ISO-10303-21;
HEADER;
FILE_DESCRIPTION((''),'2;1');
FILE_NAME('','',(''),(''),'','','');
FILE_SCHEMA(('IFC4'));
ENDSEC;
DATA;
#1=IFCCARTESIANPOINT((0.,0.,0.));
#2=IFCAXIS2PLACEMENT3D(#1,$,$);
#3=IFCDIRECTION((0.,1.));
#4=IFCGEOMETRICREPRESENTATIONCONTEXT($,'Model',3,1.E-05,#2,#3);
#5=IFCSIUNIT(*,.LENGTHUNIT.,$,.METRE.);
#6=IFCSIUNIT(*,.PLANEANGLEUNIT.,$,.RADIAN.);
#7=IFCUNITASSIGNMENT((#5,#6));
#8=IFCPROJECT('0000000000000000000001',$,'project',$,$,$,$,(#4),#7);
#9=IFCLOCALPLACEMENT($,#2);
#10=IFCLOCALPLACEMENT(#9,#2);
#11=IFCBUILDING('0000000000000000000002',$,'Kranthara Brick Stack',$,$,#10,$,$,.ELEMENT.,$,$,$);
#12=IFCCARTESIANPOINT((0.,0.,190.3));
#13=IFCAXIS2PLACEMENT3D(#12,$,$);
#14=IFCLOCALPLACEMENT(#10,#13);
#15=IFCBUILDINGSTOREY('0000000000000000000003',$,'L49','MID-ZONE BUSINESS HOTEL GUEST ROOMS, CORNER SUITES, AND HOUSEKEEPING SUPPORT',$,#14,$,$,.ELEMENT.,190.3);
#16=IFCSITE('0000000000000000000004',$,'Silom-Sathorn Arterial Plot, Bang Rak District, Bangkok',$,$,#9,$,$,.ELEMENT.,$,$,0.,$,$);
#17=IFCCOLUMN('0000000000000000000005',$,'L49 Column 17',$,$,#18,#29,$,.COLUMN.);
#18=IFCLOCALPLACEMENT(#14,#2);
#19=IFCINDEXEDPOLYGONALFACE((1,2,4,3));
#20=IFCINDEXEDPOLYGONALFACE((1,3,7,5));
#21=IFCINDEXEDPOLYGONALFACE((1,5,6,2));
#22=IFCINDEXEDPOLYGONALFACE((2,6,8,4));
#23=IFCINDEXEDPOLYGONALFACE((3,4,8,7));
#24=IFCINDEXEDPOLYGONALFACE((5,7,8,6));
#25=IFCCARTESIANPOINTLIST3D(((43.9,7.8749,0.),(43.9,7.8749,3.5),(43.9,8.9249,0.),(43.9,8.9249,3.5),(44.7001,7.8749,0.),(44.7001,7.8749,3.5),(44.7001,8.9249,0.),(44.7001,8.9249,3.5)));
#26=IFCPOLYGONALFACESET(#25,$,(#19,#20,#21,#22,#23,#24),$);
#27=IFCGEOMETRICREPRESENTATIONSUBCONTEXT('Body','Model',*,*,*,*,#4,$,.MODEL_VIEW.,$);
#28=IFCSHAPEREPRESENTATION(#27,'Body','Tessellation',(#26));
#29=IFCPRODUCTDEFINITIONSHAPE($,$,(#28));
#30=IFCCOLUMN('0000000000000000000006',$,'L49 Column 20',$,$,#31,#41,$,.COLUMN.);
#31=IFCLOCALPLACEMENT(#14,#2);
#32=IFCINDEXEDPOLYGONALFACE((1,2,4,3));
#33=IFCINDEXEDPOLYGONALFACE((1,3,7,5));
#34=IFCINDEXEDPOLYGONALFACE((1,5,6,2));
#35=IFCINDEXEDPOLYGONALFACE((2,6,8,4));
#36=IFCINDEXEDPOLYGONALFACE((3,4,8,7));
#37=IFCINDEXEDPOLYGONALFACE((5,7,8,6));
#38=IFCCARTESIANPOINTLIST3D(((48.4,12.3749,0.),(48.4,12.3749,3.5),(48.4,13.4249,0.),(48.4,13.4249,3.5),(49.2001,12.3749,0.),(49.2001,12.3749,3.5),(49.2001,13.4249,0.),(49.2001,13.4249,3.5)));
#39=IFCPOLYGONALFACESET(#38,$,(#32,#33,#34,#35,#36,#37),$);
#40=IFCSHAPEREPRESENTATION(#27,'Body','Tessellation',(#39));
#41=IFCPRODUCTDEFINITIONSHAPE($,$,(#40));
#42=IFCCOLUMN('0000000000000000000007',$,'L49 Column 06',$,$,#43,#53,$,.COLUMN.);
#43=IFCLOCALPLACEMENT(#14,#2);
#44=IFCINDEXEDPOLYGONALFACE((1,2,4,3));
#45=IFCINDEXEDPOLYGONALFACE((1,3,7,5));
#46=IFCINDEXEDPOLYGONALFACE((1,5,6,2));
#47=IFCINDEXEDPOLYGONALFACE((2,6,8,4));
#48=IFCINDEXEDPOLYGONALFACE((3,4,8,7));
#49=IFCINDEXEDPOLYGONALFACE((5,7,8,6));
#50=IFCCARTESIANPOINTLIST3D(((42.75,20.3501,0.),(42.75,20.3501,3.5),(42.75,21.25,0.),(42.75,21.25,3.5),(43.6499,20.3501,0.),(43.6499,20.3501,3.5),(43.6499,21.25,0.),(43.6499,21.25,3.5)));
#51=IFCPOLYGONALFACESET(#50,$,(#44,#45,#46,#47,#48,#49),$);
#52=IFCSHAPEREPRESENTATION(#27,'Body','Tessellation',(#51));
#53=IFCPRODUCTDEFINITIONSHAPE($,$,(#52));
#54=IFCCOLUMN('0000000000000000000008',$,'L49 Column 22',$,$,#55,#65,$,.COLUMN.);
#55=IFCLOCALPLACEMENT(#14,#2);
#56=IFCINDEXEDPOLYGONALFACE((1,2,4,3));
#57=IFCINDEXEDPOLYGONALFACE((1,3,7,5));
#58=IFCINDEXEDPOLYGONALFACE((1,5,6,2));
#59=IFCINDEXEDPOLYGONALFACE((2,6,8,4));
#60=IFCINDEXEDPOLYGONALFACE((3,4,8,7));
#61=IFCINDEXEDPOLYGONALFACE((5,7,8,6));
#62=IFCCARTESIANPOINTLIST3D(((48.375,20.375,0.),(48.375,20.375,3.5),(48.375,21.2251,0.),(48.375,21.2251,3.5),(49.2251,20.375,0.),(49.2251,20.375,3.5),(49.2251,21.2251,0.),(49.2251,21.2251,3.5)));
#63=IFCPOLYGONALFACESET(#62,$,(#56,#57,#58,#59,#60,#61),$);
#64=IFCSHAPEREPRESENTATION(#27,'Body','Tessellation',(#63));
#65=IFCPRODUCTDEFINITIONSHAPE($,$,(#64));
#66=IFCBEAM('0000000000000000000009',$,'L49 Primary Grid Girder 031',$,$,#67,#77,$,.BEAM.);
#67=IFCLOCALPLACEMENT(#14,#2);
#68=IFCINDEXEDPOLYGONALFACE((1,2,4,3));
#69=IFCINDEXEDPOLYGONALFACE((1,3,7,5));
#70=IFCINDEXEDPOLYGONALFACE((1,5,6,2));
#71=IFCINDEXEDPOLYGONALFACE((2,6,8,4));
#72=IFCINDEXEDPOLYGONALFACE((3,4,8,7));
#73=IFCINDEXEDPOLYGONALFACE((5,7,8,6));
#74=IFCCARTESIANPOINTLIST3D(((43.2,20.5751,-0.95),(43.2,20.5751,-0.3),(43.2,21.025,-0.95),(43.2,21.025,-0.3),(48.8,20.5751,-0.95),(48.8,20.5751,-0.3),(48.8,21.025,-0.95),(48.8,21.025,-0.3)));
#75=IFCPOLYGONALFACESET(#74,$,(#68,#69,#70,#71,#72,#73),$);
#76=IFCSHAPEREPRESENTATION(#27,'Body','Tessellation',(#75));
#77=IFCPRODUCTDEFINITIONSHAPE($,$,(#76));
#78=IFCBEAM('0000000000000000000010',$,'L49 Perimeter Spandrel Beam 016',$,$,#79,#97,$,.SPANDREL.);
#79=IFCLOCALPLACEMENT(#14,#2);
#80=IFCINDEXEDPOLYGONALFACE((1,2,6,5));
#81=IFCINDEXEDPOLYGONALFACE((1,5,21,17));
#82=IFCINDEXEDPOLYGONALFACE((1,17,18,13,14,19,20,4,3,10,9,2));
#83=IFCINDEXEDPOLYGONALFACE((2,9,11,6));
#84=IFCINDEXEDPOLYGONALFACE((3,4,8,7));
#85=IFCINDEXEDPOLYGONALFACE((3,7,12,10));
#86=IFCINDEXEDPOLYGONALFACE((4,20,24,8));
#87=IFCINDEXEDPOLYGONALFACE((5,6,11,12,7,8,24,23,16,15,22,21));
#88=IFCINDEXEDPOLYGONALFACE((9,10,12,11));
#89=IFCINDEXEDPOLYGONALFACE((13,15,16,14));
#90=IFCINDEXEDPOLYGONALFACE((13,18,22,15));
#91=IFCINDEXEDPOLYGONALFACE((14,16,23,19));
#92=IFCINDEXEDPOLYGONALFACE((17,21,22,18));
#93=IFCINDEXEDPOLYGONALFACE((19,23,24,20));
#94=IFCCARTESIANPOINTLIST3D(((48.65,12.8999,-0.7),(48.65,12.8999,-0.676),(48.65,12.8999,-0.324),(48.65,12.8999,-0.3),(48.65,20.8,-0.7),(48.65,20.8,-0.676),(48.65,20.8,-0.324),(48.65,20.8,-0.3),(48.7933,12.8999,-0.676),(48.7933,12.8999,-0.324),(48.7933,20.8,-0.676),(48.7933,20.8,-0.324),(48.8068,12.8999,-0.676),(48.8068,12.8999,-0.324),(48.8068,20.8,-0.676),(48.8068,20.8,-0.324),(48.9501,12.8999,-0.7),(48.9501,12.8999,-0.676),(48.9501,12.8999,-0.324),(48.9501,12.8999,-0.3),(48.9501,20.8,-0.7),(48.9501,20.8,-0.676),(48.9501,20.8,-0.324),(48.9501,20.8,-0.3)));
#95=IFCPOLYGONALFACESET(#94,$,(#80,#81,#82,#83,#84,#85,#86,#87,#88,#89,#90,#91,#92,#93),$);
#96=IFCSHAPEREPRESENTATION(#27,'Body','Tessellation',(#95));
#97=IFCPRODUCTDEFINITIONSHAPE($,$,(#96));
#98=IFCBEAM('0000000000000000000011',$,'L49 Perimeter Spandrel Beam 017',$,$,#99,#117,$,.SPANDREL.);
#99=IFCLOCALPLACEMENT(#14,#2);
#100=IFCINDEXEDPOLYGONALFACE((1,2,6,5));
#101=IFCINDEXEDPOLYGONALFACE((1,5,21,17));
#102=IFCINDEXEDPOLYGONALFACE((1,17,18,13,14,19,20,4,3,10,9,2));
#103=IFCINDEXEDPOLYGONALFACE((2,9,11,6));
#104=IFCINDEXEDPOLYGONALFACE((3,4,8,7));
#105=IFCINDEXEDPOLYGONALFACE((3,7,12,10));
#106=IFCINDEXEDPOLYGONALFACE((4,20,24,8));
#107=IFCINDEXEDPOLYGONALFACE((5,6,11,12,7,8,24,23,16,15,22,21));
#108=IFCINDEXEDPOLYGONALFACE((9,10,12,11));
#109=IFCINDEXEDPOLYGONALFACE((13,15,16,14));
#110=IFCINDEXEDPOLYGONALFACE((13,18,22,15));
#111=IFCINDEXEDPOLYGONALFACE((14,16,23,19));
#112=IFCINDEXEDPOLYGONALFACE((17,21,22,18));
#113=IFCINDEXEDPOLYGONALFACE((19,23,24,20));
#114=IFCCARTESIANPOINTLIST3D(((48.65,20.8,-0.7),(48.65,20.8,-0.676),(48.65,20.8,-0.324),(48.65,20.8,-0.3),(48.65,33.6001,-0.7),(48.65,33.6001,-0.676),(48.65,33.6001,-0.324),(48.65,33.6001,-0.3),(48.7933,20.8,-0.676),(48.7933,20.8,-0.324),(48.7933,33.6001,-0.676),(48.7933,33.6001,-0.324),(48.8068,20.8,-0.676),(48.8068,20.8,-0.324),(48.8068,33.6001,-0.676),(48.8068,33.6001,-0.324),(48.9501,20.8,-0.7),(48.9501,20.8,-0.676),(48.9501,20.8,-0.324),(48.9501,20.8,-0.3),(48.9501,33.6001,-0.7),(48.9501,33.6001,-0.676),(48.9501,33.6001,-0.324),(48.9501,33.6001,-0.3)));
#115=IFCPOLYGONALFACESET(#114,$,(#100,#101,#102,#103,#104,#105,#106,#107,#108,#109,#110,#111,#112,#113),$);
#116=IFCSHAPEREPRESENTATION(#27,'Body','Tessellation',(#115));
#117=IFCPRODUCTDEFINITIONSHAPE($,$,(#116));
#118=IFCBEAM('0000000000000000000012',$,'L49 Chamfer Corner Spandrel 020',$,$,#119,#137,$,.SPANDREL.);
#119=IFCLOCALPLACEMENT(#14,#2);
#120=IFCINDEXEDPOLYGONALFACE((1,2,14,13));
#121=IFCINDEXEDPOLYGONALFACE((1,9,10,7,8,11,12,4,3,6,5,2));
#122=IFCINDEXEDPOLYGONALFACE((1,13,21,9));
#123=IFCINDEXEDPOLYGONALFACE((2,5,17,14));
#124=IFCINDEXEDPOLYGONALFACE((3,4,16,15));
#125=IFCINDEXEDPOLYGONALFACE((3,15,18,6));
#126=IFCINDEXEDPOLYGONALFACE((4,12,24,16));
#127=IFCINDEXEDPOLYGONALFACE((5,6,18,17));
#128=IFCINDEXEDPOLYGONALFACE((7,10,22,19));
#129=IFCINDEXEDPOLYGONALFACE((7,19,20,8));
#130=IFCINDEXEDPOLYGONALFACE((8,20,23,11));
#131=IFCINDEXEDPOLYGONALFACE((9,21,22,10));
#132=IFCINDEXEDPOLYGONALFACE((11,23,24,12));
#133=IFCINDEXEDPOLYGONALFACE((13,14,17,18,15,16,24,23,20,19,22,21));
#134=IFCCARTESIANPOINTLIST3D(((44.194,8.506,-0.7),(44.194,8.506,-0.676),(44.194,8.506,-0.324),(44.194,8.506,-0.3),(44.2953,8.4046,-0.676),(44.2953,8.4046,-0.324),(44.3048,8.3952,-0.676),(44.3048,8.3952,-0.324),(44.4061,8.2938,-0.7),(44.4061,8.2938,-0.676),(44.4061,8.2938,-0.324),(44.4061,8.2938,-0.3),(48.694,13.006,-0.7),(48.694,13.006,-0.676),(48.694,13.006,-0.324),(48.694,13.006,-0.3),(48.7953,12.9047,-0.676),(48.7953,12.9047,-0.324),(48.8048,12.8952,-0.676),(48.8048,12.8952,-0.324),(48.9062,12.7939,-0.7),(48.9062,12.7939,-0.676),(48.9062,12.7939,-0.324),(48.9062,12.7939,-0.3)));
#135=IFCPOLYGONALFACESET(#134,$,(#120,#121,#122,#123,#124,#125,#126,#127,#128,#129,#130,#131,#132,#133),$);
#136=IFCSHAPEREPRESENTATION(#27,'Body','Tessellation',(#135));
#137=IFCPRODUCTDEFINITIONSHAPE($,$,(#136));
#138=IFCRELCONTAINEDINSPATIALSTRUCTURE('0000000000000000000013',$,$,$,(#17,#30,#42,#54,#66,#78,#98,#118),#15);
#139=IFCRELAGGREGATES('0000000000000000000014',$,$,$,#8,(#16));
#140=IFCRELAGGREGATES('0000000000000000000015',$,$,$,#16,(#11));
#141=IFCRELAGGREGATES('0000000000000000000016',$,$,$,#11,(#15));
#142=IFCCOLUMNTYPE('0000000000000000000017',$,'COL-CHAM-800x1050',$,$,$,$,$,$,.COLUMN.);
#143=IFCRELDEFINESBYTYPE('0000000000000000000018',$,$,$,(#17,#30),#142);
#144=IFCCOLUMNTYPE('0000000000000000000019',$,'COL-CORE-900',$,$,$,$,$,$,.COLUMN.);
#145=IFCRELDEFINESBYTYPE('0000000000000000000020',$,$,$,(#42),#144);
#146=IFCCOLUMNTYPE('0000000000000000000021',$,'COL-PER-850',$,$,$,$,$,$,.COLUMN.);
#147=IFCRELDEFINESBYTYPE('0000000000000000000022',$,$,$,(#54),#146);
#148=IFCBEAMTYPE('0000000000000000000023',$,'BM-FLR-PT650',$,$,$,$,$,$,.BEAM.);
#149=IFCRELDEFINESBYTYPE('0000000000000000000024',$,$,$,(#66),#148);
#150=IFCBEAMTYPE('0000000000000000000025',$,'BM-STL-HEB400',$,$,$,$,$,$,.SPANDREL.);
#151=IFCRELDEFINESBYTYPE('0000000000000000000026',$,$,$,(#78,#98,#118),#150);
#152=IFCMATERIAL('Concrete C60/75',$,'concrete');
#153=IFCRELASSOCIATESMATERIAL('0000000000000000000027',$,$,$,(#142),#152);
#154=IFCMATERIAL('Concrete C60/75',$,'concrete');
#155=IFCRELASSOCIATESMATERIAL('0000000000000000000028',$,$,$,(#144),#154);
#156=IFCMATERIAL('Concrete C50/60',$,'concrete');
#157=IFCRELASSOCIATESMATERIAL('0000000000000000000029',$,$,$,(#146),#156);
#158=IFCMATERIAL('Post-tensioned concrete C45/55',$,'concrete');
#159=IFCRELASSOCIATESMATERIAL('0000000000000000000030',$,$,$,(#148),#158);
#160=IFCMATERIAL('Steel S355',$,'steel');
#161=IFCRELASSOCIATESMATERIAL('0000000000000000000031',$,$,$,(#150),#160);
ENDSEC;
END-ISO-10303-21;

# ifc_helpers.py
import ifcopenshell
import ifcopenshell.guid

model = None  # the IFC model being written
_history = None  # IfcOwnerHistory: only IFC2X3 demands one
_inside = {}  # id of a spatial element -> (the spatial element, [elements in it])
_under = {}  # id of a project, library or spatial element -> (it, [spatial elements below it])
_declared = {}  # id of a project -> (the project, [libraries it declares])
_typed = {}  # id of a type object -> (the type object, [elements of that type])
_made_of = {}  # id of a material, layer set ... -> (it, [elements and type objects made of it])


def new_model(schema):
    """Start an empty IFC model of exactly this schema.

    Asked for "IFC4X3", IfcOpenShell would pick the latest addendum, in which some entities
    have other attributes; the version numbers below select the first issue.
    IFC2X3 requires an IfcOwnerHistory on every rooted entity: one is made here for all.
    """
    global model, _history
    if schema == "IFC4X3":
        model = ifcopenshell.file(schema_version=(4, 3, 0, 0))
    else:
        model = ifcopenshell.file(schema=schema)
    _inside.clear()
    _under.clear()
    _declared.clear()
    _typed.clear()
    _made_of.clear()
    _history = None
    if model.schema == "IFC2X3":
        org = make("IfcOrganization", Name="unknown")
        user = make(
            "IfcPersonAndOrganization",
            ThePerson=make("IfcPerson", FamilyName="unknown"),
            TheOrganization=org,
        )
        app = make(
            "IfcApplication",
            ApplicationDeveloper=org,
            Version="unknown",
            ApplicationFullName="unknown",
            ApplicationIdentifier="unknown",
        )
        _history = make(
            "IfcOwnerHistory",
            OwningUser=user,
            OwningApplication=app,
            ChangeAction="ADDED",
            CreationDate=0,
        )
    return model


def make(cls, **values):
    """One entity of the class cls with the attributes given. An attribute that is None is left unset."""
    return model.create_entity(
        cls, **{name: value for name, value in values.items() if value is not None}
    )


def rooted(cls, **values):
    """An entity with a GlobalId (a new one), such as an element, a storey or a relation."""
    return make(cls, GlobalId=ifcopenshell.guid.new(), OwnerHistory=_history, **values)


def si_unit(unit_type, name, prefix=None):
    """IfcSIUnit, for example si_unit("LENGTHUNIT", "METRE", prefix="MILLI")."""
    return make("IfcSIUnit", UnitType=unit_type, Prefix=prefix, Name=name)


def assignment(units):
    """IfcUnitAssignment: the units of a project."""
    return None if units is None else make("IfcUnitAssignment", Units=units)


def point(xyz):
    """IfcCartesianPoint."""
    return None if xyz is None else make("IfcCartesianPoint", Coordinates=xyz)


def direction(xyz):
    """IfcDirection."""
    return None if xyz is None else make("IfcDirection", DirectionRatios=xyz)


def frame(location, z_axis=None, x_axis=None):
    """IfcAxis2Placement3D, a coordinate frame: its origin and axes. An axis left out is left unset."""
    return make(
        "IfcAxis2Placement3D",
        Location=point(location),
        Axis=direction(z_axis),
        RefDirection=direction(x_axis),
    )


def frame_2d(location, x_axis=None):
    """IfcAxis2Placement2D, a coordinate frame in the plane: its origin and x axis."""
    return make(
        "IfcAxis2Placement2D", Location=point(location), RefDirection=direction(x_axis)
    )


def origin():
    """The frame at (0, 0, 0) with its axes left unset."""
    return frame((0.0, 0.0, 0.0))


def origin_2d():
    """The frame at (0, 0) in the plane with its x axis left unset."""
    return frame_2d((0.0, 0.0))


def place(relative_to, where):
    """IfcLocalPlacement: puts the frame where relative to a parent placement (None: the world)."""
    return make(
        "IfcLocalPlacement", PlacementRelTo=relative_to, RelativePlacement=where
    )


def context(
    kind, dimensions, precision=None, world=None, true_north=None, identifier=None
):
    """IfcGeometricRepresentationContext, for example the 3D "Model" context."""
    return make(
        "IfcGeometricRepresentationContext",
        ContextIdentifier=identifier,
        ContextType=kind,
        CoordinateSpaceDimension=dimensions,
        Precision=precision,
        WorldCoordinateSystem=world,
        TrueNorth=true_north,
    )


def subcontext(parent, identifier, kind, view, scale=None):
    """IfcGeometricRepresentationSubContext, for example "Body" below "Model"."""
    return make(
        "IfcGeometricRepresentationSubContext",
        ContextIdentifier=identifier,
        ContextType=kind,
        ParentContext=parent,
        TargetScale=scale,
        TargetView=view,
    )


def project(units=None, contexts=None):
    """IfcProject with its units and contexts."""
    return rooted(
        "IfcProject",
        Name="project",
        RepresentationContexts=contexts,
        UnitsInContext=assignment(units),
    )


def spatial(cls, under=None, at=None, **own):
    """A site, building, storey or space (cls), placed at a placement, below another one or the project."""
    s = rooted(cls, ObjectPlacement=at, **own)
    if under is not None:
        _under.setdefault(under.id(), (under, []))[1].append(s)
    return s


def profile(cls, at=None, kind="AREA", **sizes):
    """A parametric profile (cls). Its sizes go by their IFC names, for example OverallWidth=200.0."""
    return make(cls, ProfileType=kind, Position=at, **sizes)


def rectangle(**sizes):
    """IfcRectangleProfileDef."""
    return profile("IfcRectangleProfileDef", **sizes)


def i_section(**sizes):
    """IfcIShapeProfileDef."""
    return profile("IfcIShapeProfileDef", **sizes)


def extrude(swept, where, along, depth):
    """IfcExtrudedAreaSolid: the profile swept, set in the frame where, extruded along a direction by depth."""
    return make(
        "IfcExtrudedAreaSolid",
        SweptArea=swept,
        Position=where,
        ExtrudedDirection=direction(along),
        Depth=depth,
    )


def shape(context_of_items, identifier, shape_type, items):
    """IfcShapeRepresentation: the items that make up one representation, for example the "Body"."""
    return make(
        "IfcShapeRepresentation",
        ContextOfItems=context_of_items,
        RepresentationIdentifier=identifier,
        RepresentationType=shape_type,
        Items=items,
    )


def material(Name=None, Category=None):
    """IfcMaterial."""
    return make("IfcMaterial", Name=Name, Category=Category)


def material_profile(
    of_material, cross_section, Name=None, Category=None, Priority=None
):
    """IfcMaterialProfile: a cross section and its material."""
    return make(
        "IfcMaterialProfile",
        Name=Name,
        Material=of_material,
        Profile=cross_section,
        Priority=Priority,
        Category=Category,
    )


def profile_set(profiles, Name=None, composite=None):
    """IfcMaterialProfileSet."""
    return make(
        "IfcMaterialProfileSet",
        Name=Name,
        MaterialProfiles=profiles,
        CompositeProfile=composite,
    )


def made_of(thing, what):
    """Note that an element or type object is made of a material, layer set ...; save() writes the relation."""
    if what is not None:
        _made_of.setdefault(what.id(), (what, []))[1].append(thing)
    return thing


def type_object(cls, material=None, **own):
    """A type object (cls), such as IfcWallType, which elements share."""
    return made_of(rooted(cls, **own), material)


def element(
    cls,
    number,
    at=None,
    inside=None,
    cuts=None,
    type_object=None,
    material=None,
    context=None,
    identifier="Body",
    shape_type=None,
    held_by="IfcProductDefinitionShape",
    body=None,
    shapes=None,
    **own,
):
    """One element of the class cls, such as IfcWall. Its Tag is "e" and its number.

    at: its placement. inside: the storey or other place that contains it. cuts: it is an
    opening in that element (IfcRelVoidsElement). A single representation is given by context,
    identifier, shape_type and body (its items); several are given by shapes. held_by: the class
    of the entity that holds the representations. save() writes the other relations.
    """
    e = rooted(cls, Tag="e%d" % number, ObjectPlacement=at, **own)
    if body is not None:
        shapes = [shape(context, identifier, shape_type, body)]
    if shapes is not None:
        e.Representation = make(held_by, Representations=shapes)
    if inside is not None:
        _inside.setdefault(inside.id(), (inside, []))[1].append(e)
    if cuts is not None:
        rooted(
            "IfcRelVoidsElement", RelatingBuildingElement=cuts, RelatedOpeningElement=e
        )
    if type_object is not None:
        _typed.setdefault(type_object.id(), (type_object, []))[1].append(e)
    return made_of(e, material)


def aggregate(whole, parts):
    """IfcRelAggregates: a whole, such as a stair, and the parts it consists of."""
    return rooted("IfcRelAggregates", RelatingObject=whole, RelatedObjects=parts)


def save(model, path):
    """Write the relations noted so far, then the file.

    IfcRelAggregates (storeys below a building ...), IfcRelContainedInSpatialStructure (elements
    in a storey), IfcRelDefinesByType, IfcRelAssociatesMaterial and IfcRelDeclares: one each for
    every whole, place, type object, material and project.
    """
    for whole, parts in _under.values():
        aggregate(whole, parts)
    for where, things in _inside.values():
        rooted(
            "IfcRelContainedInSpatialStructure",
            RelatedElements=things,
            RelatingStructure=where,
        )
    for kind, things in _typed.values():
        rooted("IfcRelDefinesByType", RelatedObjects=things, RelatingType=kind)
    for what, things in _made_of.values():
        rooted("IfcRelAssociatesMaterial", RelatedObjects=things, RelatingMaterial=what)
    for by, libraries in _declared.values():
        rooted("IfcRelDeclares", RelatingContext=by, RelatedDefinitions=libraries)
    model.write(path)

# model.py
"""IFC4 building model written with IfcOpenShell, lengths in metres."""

from ifc_helpers import new_model, si_unit, direction, frame, origin, origin_2d, place, context, subcontext, project, spatial, rectangle, i_section, extrude, material, material_profile, profile_set, type_object, element, save


model = new_model("IFC4")

# Units and contexts
model_context = context("Model", 3, precision=1e-05, world=origin(), true_north=direction((0.0, 1.0)))
body_context = subcontext(model_context, "Body", "Model", "MODEL_VIEW")
ifc_project = project(units=[si_unit("LENGTHUNIT", "METRE"), si_unit("PLANEANGLEUNIT", "RADIAN")], contexts=[model_context])

# Site, building, storey
site_placement = place(None, origin())
site = spatial("IfcSite", under=ifc_project, at=site_placement, Name="Silom-Sathorn Arterial Plot, Bang Rak District, Bangkok", CompositionType="ELEMENT", RefElevation=0.0)
building_placement = place(site_placement, origin())
building = spatial("IfcBuilding", under=site, at=building_placement, Name="Kranthara Brick Stack", CompositionType="ELEMENT")
storey_placement = place(building_placement, frame((0.0, 0.0, 190.3)))
storey = spatial("IfcBuildingStorey", under=building, at=storey_placement, Name="L49", Description="MID-ZONE BUSINESS HOTEL GUEST ROOMS, CORNER SUITES, AND HOUSEKEEPING SUPPORT", CompositionType="ELEMENT", Elevation=190.3)

# Columns
ifc_material_1 = material(Name="Concrete C60/75", Category="concrete")
ifc_material_profile_1 = material_profile(ifc_material_1, rectangle(XDim=0.8, YDim=1.05, at=origin_2d()), Name="RC 800x1050")
ifc_profile_set_1 = profile_set([ifc_material_profile_1], Name="Concrete C60/75")
column_type_1 = type_object("IfcColumnType", Name="COL-CHAM-800x1050", PredefinedType="COLUMN", material=ifc_profile_set_1)
for number, where, z_axis, x_axis, name in (
    (1, (44.3, 8.3999, 0.0), (0.0, 0.0, 1.0), (1.0, 0.0, 0.0), "L49 Column 17"),
    (2, (48.8, 12.8999, 0.0), (0.0, 0.0, 1.0), (1.0, 0.0, 0.0), "L49 Column 20"),
):
    element("IfcColumn", number, at=place(storey_placement, frame(where, z_axis=z_axis, x_axis=x_axis)), inside=storey, type_object=column_type_1, Name=name, PredefinedType="COLUMN", context=body_context, shape_type="SweptSolid", body=[
        extrude(rectangle(XDim=0.8, YDim=1.05, at=origin_2d()), origin(), (0.0, 0.0, 1.0), 3.5),
    ])
ifc_material_2 = material(Name="Concrete C60/75", Category="concrete")
ifc_material_profile_2 = material_profile(ifc_material_2, rectangle(XDim=0.8999, YDim=0.8999, at=origin_2d()), Name="RC 900x900")
ifc_profile_set_2 = profile_set([ifc_material_profile_2], Name="Concrete C60/75")
column_type_2 = type_object("IfcColumnType", Name="COL-CORE-900", PredefinedType="COLUMN", material=ifc_profile_set_2)
column_1_placement = place(storey_placement, frame((43.2, 20.8, 0.0), z_axis=(0.0, 0.0, 1.0), x_axis=(1.0, 0.0, 0.0)))
element("IfcColumn", 3, at=column_1_placement, inside=storey, type_object=column_type_2, Name="L49 Column 06", PredefinedType="COLUMN", context=body_context, shape_type="SweptSolid", body=[
    extrude(rectangle(XDim=0.8999, YDim=0.8999, at=origin_2d()), origin(), (0.0, 0.0, 1.0), 3.5),
])
ifc_material_3 = material(Name="Concrete C50/60", Category="concrete")
ifc_material_profile_3 = material_profile(ifc_material_3, rectangle(XDim=0.8501, YDim=0.8501, at=origin_2d()), Name="RC 850x850")
ifc_profile_set_3 = profile_set([ifc_material_profile_3], Name="Concrete C50/60")
column_type_3 = type_object("IfcColumnType", Name="COL-PER-850", PredefinedType="COLUMN", material=ifc_profile_set_3)
column_2_placement = place(storey_placement, frame((48.8, 20.8, 0.0), z_axis=(0.0, 0.0, 1.0), x_axis=(1.0, 0.0, 0.0)))
element("IfcColumn", 4, at=column_2_placement, inside=storey, type_object=column_type_3, Name="L49 Column 22", PredefinedType="COLUMN", context=body_context, shape_type="SweptSolid", body=[
    extrude(rectangle(XDim=0.8501, YDim=0.8501, at=origin_2d()), origin(), (0.0, 0.0, 1.0), 3.5),
])

# Beams
ifc_material_4 = material(Name="Post-tensioned concrete C45/55", Category="concrete")
ifc_material_profile_4 = material_profile(ifc_material_4, rectangle(XDim=0.45, YDim=0.6499, at=origin_2d()), Name="PT 450x650")
ifc_profile_set_4 = profile_set([ifc_material_profile_4], Name="Post-tensioned concrete C45/55")
beam_type_1 = type_object("IfcBeamType", Name="BM-FLR-PT650", PredefinedType="BEAM", material=ifc_profile_set_4)
beam_1_placement = place(storey_placement, frame((43.2, 20.8, -0.625), z_axis=(1.0, 0.0, 0.0), x_axis=(0.0, 1.0, 0.0)))
element("IfcBeam", 5, at=beam_1_placement, inside=storey, type_object=beam_type_1, Name="L49 Primary Grid Girder 031", PredefinedType="BEAM", context=body_context, shape_type="SweptSolid", body=[
    extrude(rectangle(XDim=0.45, YDim=0.6499, at=origin_2d()), origin(), (0.0, 0.0, 1.0), 5.6001),
])
ifc_material_5 = material(Name="Steel S355", Category="steel")
ifc_material_profile_5 = material_profile(ifc_material_5, i_section(OverallWidth=0.3, OverallDepth=0.3999, WebThickness=0.0134, FlangeThickness=0.0239, at=origin_2d()), Name="HEB 400")
ifc_profile_set_5 = profile_set([ifc_material_profile_5], Name="Steel S355")
beam_type_2 = type_object("IfcBeamType", Name="BM-STL-HEB400", PredefinedType="SPANDREL", material=ifc_profile_set_5)
beam_2_placement = place(storey_placement, frame((48.8, 12.8999, -0.5), z_axis=(0.0, 1.0, 0.0), x_axis=(-1.0, 0.0, 0.0)))
element("IfcBeam", 6, at=beam_2_placement, inside=storey, type_object=beam_type_2, Name="L49 Perimeter Spandrel Beam 016", PredefinedType="SPANDREL", context=body_context, shape_type="SweptSolid", body=[
    extrude(i_section(OverallWidth=0.3, OverallDepth=0.3999, WebThickness=0.0134, FlangeThickness=0.0239, at=origin_2d()), origin(), (0.0, 0.0, 1.0), 7.9001),
])
beam_3_placement = place(storey_placement, frame((48.8, 20.8, -0.5), z_axis=(0.0, 1.0, 0.0), x_axis=(-1.0, 0.0, 0.0)))
element("IfcBeam", 7, at=beam_3_placement, inside=storey, type_object=beam_type_2, Name="L49 Perimeter Spandrel Beam 017", PredefinedType="SPANDREL", context=body_context, shape_type="SweptSolid", body=[
    extrude(i_section(OverallWidth=0.3, OverallDepth=0.3999, WebThickness=0.0134, FlangeThickness=0.0239, at=origin_2d()), origin(), (0.0, 0.0, 1.0), 12.8),
])
beam_4_placement = place(storey_placement, frame((44.3, 8.3999, -0.5), z_axis=(0.707107, 0.707107, 0.0), x_axis=(-0.707107, 0.707107, 0.0)))
element("IfcBeam", 8, at=beam_4_placement, inside=storey, type_object=beam_type_2, Name="L49 Chamfer Corner Spandrel 020", PredefinedType="SPANDREL", context=body_context, shape_type="SweptSolid", body=[
    extrude(i_section(OverallWidth=0.3, OverallDepth=0.3999, WebThickness=0.0134, FlangeThickness=0.0239, at=origin_2d()), origin(), (0.0, 0.0, 1.0), 6.364),
])

save(model, "model.ifc")
